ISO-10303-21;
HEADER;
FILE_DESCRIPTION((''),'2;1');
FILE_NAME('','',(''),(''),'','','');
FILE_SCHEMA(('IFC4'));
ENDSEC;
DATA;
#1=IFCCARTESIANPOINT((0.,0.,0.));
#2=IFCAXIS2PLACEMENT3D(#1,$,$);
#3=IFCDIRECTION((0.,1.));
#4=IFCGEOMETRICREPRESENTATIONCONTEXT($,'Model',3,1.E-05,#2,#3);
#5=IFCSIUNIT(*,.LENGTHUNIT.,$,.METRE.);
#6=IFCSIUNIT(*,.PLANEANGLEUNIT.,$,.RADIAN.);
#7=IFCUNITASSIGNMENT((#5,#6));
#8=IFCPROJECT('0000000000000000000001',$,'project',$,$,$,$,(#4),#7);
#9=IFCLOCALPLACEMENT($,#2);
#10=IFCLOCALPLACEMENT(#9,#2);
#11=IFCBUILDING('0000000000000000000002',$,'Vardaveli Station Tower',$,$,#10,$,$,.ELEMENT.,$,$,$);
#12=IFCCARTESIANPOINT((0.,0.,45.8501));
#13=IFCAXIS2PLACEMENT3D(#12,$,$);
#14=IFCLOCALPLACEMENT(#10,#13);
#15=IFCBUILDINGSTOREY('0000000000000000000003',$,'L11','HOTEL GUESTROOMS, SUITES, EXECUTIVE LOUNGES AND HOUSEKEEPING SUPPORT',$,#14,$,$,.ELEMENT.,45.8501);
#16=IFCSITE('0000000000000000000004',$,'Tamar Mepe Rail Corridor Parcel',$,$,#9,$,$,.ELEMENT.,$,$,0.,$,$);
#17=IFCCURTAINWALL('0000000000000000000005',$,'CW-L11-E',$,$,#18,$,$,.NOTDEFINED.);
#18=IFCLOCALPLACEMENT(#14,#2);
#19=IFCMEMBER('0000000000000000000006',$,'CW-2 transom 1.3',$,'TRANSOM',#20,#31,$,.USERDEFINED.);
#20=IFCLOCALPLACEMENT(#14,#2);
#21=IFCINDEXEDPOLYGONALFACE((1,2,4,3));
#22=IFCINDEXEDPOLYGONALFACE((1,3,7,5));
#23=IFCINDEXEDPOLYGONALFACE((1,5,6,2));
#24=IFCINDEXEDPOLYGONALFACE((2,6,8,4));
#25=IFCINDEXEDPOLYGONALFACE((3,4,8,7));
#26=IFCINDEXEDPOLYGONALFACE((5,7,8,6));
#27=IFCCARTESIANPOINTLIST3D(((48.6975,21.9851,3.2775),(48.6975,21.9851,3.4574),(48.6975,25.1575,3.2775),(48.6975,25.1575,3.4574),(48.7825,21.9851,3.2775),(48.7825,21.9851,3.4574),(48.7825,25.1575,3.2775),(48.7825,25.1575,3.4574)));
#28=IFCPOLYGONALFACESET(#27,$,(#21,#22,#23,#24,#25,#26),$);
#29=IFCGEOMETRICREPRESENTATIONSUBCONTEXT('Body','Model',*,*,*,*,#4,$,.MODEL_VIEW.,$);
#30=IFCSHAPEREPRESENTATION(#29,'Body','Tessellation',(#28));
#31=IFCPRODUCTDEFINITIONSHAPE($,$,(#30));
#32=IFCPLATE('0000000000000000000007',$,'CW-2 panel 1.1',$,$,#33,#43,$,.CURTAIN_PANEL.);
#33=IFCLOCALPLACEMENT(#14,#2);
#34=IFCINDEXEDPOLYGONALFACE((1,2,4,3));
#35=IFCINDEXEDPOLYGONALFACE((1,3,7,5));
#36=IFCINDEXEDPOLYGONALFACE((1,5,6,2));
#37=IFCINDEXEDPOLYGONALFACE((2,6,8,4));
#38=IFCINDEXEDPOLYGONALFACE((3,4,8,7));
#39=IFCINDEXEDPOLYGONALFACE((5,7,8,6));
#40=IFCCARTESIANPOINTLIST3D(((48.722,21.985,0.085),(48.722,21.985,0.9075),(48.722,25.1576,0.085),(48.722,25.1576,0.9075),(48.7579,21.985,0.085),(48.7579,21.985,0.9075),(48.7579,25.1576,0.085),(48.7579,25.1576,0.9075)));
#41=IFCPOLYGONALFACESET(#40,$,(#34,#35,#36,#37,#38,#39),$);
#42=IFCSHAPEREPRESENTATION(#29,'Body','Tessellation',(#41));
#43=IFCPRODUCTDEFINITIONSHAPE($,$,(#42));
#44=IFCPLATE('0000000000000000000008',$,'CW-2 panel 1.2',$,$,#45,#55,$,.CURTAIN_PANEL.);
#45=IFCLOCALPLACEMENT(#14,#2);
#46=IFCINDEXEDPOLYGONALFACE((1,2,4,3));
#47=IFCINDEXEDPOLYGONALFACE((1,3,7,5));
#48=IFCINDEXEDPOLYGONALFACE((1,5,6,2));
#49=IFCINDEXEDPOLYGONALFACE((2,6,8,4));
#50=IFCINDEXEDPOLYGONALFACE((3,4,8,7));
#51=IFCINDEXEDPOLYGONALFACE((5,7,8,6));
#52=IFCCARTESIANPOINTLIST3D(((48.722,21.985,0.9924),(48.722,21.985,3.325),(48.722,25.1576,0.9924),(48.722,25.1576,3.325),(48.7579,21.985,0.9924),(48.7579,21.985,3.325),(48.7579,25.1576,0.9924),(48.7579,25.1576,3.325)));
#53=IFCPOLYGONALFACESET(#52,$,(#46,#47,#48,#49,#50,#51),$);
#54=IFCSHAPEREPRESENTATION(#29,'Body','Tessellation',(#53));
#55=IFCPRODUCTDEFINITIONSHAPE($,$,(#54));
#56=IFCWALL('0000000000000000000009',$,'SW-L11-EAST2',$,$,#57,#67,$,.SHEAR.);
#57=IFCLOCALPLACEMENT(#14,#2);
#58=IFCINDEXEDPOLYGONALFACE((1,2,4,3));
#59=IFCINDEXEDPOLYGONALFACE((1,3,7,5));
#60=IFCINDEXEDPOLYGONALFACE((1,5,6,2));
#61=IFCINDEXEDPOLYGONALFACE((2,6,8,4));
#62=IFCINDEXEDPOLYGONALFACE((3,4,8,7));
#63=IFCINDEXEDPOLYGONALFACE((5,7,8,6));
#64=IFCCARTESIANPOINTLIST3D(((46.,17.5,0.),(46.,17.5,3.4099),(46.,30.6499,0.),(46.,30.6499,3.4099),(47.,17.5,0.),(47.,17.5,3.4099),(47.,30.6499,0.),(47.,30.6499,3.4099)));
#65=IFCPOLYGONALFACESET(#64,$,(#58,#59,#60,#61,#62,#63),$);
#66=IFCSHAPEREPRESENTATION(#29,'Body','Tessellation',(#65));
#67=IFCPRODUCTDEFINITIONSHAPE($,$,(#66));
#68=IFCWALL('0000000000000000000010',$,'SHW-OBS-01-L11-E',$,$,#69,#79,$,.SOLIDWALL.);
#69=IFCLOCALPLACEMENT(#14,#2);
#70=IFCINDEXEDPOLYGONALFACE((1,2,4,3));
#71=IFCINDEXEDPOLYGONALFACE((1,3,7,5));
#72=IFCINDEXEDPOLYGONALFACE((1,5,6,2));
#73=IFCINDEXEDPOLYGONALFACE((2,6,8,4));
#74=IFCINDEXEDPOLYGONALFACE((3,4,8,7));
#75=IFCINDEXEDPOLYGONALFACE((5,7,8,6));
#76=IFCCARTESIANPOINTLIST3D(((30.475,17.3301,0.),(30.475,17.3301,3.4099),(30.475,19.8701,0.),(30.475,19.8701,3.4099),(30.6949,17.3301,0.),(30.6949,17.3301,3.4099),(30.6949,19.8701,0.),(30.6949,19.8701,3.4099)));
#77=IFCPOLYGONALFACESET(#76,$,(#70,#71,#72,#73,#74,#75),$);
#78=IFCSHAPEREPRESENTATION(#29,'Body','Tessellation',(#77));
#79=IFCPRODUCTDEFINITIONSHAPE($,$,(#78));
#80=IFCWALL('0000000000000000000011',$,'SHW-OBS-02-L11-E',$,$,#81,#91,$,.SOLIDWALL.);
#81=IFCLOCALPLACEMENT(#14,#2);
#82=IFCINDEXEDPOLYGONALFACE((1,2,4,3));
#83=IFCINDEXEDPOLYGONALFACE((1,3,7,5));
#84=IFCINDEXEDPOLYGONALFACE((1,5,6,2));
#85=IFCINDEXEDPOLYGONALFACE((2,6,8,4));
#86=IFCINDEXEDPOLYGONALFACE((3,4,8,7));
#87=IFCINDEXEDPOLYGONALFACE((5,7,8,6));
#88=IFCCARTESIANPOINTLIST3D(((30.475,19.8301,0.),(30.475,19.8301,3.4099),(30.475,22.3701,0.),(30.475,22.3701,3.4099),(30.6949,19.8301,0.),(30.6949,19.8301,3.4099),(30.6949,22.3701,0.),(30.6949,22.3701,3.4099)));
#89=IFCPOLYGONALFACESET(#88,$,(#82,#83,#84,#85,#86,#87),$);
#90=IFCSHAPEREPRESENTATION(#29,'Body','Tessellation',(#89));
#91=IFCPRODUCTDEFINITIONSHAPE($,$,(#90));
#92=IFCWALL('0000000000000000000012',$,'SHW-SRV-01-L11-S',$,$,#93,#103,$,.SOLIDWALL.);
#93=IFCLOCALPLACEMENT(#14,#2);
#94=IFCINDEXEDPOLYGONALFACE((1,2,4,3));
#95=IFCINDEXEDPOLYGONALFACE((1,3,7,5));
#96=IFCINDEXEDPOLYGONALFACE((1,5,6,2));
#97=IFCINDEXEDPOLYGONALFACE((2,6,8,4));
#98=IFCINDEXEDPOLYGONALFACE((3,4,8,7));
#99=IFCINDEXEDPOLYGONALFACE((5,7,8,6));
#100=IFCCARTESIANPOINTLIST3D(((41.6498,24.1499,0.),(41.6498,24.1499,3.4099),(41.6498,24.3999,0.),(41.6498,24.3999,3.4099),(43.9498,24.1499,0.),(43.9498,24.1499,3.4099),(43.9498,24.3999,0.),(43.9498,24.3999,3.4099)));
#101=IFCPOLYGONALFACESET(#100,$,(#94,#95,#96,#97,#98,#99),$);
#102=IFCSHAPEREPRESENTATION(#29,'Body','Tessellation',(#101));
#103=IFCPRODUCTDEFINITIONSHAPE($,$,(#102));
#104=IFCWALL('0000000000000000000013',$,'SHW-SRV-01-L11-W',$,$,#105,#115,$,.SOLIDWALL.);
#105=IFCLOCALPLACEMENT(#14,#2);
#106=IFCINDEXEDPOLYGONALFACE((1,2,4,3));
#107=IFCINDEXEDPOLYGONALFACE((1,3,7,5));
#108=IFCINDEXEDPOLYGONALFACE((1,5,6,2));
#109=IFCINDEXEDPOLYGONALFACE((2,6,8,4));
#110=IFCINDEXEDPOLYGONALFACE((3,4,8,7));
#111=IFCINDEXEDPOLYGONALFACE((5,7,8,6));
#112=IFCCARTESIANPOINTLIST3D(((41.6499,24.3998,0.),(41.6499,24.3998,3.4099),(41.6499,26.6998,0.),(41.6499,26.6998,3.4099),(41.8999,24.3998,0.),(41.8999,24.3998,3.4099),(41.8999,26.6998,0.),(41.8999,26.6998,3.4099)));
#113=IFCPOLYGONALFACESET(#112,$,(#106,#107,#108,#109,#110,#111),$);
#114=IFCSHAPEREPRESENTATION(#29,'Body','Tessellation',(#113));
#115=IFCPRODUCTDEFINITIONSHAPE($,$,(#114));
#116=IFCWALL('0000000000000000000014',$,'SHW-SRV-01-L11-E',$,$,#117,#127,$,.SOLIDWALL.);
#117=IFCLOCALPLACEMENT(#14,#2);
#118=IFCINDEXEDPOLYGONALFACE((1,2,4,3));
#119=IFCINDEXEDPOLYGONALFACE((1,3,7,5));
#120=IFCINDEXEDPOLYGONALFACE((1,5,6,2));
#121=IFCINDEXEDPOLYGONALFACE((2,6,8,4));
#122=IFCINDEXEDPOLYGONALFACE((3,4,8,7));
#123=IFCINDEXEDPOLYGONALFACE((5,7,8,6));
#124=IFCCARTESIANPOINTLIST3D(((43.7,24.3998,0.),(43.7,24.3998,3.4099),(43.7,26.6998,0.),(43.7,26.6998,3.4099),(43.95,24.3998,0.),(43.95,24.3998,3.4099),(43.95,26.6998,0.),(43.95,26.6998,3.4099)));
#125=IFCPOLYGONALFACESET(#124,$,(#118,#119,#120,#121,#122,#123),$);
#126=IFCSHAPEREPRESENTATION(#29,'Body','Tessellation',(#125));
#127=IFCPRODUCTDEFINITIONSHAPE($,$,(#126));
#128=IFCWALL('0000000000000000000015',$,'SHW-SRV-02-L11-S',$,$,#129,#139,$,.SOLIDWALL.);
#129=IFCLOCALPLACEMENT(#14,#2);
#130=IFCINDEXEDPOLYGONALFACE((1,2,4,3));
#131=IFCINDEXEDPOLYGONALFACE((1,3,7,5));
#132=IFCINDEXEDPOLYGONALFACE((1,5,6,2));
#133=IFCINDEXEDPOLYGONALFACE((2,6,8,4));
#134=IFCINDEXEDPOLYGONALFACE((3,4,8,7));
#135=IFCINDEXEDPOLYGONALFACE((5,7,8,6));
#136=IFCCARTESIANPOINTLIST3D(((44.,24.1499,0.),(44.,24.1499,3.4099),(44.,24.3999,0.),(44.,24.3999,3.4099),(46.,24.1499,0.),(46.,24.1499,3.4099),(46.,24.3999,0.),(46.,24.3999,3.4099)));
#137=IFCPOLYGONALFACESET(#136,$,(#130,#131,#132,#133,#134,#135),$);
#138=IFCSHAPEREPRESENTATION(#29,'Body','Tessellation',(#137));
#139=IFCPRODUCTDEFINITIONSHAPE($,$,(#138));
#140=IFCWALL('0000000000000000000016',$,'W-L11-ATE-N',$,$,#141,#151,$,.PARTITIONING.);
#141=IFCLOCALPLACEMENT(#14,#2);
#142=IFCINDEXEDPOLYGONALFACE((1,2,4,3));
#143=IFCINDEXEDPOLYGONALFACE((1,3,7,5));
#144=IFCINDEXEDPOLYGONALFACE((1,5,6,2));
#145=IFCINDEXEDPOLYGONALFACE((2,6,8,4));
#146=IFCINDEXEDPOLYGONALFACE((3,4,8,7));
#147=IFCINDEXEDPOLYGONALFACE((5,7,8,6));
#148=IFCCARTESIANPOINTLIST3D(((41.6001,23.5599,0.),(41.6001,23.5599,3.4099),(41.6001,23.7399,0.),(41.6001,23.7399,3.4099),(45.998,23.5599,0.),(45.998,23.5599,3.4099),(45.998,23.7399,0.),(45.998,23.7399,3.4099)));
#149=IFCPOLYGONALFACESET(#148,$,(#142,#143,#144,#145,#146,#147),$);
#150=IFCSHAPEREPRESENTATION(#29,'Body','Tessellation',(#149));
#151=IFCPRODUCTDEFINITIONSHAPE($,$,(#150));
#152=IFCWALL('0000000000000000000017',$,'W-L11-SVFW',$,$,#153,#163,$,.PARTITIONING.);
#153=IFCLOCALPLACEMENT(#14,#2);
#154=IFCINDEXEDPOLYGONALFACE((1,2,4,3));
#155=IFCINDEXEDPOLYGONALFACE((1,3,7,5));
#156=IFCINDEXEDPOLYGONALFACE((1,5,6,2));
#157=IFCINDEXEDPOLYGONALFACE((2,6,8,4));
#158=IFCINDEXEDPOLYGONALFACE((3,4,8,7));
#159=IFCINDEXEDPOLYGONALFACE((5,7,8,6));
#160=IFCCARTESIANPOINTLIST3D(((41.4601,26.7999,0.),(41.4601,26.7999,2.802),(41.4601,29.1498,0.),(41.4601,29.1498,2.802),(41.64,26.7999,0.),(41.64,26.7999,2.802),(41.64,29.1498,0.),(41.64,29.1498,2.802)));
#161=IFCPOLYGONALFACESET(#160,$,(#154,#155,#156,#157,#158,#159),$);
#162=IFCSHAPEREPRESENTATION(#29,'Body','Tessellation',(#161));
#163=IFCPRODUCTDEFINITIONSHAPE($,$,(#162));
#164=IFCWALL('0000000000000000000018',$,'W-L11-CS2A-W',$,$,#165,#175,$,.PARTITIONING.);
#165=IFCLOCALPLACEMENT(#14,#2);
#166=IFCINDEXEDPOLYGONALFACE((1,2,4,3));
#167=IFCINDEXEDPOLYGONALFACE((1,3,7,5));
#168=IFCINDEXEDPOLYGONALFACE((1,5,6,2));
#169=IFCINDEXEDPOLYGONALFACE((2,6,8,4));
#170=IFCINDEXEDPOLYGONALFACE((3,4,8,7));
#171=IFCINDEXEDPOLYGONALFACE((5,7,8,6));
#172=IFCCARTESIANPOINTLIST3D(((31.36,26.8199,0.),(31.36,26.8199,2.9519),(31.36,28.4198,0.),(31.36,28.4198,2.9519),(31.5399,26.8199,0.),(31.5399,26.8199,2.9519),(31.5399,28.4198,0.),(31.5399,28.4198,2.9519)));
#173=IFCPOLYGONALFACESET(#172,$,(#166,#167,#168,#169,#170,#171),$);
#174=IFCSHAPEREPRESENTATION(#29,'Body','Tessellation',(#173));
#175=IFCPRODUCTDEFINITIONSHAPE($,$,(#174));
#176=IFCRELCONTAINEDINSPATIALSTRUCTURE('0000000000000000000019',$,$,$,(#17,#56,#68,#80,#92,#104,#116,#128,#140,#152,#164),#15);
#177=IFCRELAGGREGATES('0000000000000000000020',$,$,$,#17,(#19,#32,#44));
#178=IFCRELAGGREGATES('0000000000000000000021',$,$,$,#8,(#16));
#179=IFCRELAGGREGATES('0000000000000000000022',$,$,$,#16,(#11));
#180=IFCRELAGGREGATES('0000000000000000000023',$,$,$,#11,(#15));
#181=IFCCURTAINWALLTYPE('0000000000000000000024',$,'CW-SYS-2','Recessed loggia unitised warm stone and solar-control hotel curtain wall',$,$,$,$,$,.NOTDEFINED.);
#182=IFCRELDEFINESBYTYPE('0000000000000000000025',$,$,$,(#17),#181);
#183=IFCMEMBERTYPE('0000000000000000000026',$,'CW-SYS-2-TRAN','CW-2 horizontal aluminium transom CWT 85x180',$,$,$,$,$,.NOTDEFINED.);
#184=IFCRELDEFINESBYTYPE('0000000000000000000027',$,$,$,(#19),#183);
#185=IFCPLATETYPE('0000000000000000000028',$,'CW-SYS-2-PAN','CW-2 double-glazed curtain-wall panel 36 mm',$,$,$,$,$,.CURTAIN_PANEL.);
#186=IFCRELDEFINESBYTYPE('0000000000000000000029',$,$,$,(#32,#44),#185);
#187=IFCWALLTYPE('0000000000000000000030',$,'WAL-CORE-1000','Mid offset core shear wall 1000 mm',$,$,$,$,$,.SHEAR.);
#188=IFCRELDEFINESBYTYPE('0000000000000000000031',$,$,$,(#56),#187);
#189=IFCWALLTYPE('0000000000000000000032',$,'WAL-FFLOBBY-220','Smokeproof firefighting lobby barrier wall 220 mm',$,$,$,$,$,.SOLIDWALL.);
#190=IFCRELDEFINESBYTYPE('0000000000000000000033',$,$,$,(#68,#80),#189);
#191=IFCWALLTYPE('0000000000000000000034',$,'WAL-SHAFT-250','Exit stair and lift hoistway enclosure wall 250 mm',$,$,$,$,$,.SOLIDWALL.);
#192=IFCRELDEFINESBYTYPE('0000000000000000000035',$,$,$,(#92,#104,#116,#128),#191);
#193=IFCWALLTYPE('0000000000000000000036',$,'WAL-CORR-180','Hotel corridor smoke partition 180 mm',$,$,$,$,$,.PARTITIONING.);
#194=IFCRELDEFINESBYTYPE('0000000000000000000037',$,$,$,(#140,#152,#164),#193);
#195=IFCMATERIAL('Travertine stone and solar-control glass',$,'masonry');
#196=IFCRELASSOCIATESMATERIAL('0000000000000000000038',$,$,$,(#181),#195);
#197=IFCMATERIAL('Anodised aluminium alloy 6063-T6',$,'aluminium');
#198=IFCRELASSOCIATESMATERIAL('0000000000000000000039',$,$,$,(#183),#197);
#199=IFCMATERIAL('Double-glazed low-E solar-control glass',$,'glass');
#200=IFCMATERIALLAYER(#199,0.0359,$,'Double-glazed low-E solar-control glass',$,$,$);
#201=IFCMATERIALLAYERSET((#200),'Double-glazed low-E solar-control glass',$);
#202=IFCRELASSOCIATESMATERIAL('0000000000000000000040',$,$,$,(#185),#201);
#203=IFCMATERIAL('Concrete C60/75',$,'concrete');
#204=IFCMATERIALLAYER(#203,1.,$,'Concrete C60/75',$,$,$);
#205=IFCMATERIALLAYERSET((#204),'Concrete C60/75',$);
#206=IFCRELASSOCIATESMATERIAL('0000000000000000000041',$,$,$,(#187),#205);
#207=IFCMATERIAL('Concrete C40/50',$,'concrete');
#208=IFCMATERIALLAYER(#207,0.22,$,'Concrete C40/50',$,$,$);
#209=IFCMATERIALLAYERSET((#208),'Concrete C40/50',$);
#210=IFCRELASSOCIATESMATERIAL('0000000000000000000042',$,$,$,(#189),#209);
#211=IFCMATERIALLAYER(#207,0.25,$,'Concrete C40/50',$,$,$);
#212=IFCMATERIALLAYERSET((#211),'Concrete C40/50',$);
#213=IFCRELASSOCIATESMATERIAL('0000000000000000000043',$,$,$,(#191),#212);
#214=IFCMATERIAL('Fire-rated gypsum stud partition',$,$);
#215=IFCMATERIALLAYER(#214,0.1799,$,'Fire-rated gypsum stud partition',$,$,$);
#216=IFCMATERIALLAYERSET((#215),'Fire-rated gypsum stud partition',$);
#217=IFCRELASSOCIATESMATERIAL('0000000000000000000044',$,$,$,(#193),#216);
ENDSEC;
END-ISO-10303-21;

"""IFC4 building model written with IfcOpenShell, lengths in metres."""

from ifc_helpers import new_model, si_unit, direction, frame, frame_2d, origin, origin_2d, place, context, subcontext, project, spatial, rectangle, extrude, source, transform, mapped, material, layer, layer_set, material_profile, profile_set, type_object, element, aggregate, save


model = new_model("IFC4")

# Units and contexts
model_context = context("Model", 3, precision=1e-05, world=origin(), true_north=direction((0.0, 1.0)))
body_context = subcontext(model_context, "Body", "Model", "MODEL_VIEW")
ifc_project = project(units=[si_unit("LENGTHUNIT", "METRE"), si_unit("PLANEANGLEUNIT", "RADIAN")], contexts=[model_context])

# Site, building, storey
site_placement = place(None, origin())
site = spatial("IfcSite", under=ifc_project, at=site_placement, Name="Tamar Mepe Rail Corridor Parcel", CompositionType="ELEMENT", RefElevation=0.0)
building_placement = place(site_placement, origin())
building = spatial("IfcBuilding", under=site, at=building_placement, Name="Vardaveli Station Tower", CompositionType="ELEMENT")
storey_placement = place(building_placement, frame((0.0, 0.0, 45.8501)))
storey = spatial("IfcBuildingStorey", under=building, at=storey_placement, Name="L11", Description="HOTEL GUESTROOMS, SUITES, EXECUTIVE LOUNGES AND HOUSEKEEPING SUPPORT", CompositionType="ELEMENT", Elevation=45.8501)

# Curtain wall, member, plates
ifc_material_1 = material(Name="Travertine stone and solar-control glass", Category="masonry")
curtain_wall_type = type_object("IfcCurtainWallType", Name="CW-SYS-2", Description="Recessed loggia unitised warm stone and solar-control hotel curtain wall", PredefinedType="NOTDEFINED", material=ifc_material_1)
curtain_wall_placement = place(storey_placement, origin())
curtain_wall = element("IfcCurtainWall", 1, at=curtain_wall_placement, inside=storey, type_object=curtain_wall_type, Name="CW-L11-E", PredefinedType="NOTDEFINED")
ifc_material_2 = material(Name="Anodised aluminium alloy 6063-T6", Category="aluminium")
ifc_material_profile_1 = material_profile(ifc_material_2, rectangle(XDim=0.085, YDim=0.1799, at=origin_2d()), Name="CWT 85x180")
ifc_profile_set_1 = profile_set([ifc_material_profile_1], Name="Anodised aluminium alloy 6063-T6")
member_type_1 = type_object("IfcMemberType", Name="CW-SYS-2-TRAN", Description="CW-2 horizontal aluminium transom CWT 85x180", PredefinedType="NOTDEFINED", material=ifc_profile_set_1)
shared_shape_1 = source(origin(), body_context, "Body", "SweptSolid", [
    extrude(rectangle(XDim=0.085, YDim=0.1799, at=origin_2d()), origin(), (0.0, 0.0, 1.0), 3.1724),
])
member_1_placement = place(storey_placement, frame((48.74, 21.9851, 3.3674), z_axis=(0.0, 1.0, 0.0), x_axis=(-1.0, 0.0, 0.0)))
member_1 = element("IfcMember", 2, at=member_1_placement, type_object=member_type_1, Name="CW-2 transom 1.3", ObjectType="TRANSOM", PredefinedType="USERDEFINED", context=body_context, shape_type="MappedRepresentation", body=[
    mapped(shared_shape_1, transform((0.0, 0.0, 0.0), scale=1.0)),
])
ifc_material_3 = material(Name="Double-glazed low-E solar-control glass", Category="glass")
ifc_layer_1 = layer(ifc_material_3, 0.0359, Name="Double-glazed low-E solar-control glass")
ifc_layer_set_1 = layer_set([ifc_layer_1], Name="Double-glazed low-E solar-control glass")
plate_type = type_object("IfcPlateType", Name="CW-SYS-2-PAN", Description="CW-2 double-glazed curtain-wall panel 36 mm", PredefinedType="CURTAIN_PANEL", material=ifc_layer_set_1)
shared_shape_2 = source(origin(), body_context, "Body", "SweptSolid", [
    extrude(rectangle(XDim=3.1726, YDim=0.0359, at=origin_2d()), origin(), (0.0, 0.0, 1.0), 0.8225),
])
plate_1_placement = place(storey_placement, frame((48.74, 23.5713, 0.085), z_axis=(0.0, 0.0, 1.0), x_axis=(0.0, 1.0, 0.0)))
plate_1 = element("IfcPlate", 3, at=plate_1_placement, type_object=plate_type, Name="CW-2 panel 1.1", PredefinedType="CURTAIN_PANEL", context=body_context, shape_type="MappedRepresentation", body=[
    mapped(shared_shape_2, transform((0.0, 0.0, 0.0), scale=1.0)),
])
shared_shape_3 = source(origin(), body_context, "Body", "SweptSolid", [
    extrude(rectangle(XDim=3.1726, YDim=0.0359, at=origin_2d()), origin(), (0.0, 0.0, 1.0), 2.3325),
])
plate_2_placement = place(storey_placement, frame((48.74, 23.5713, 0.9924), z_axis=(0.0, 0.0, 1.0), x_axis=(0.0, 1.0, 0.0)))
plate_2 = element("IfcPlate", 4, at=plate_2_placement, type_object=plate_type, Name="CW-2 panel 1.2", PredefinedType="CURTAIN_PANEL", context=body_context, shape_type="MappedRepresentation", body=[
    mapped(shared_shape_3, transform((0.0, 0.0, 0.0), scale=1.0)),
])
aggregate(curtain_wall, [member_1, plate_1, plate_2])

# Walls
ifc_material_4 = material(Name="Concrete C60/75", Category="concrete")
ifc_layer_2 = layer(ifc_material_4, 1.0, Name="Concrete C60/75")
ifc_layer_set_2 = layer_set([ifc_layer_2], Name="Concrete C60/75")
wall_type_1 = type_object("IfcWallType", Name="WAL-CORE-1000", Description="Mid offset core shear wall 1000 mm", PredefinedType="SHEAR", material=ifc_layer_set_2)
shared_shape_4 = source(origin(), body_context, "Body", "SweptSolid", [
    extrude(rectangle(XDim=13.1499, YDim=1.0, at=frame_2d((6.575, 0.0))), origin(), (0.0, 0.0, 1.0), 3.4099),
])
wall_1_placement = place(storey_placement, frame((46.5, 17.5, 0.0), z_axis=(0.0, 0.0, 1.0), x_axis=(0.0, 1.0, 0.0)))
element("IfcWall", 5, at=wall_1_placement, inside=storey, type_object=wall_type_1, Name="SW-L11-EAST2", PredefinedType="SHEAR", context=body_context, shape_type="MappedRepresentation", body=[
    mapped(shared_shape_4, transform((0.0, 0.0, 0.0), scale=1.0)),
])
ifc_material_5 = material(Name="Concrete C40/50", Category="concrete")
ifc_layer_3 = layer(ifc_material_5, 0.22, Name="Concrete C40/50")
ifc_layer_set_3 = layer_set([ifc_layer_3], Name="Concrete C40/50")
wall_type_2 = type_object("IfcWallType", Name="WAL-FFLOBBY-220", Description="Smokeproof firefighting lobby barrier wall 220 mm", PredefinedType="SOLIDWALL", material=ifc_layer_set_3)
shared_shape_5 = source(origin(), body_context, "Body", "SweptSolid", [
    extrude(rectangle(XDim=2.54, YDim=0.22, at=frame_2d((1.27, 0.0))), origin(), (0.0, 0.0, 1.0), 3.4099),
])
for number, where, z_axis, x_axis, name in (
    (6, (30.585, 17.3301, 0.0), (0.0, 0.0, 1.0), (0.0, 1.0, 0.0), "SHW-OBS-01-L11-E"),
    (7, (30.585, 19.8301, 0.0), (0.0, 0.0, 1.0), (0.0, 1.0, 0.0), "SHW-OBS-02-L11-E"),
):
    element("IfcWall", number, at=place(storey_placement, frame(where, z_axis=z_axis, x_axis=x_axis)), inside=storey, type_object=wall_type_2, Name=name, PredefinedType="SOLIDWALL", context=body_context, shape_type="MappedRepresentation", body=[
        mapped(shared_shape_5, transform((0.0, 0.0, 0.0), scale=1.0)),
    ])
ifc_layer_4 = layer(ifc_material_5, 0.25, Name="Concrete C40/50")
ifc_layer_set_4 = layer_set([ifc_layer_4], Name="Concrete C40/50")
wall_type_3 = type_object("IfcWallType", Name="WAL-SHAFT-250", Description="Exit stair and lift hoistway enclosure wall 250 mm", PredefinedType="SOLIDWALL", material=ifc_layer_set_4)
shared_shape_6 = source(origin(), body_context, "Body", "SweptSolid", [
    extrude(rectangle(XDim=2.3, YDim=0.25, at=frame_2d((1.1499, 0.0))), origin(), (0.0, 0.0, 1.0), 3.4099),
])
for number, where, z_axis, x_axis, name in (
    (8, (41.6499, 24.2749, 0.0), (0.0, 0.0, 1.0), (1.0, 0.0, 0.0), "SHW-SRV-01-L11-S"),
    (9, (41.7749, 24.3999, 0.0), (0.0, 0.0, 1.0), (0.0, 1.0, 0.0), "SHW-SRV-01-L11-W"),
    (10, (43.825, 24.3999, 0.0), (0.0, 0.0, 1.0), (0.0, 1.0, 0.0), "SHW-SRV-01-L11-E"),
):
    element("IfcWall", number, at=place(storey_placement, frame(where, z_axis=z_axis, x_axis=x_axis)), inside=storey, type_object=wall_type_3, Name=name, PredefinedType="SOLIDWALL", context=body_context, shape_type="MappedRepresentation", body=[
        mapped(shared_shape_6, transform((0.0, 0.0, 0.0), scale=1.0)),
    ])
shared_shape_7 = source(origin(), body_context, "Body", "SweptSolid", [
    extrude(rectangle(XDim=2.0, YDim=0.25, at=frame_2d((1.0, 0.0))), origin(), (0.0, 0.0, 1.0), 3.4099),
])
wall_2_placement = place(storey_placement, frame((44.0, 24.2749, 0.0), z_axis=(0.0, 0.0, 1.0), x_axis=(1.0, 0.0, 0.0)))
element("IfcWall", 11, at=wall_2_placement, inside=storey, type_object=wall_type_3, Name="SHW-SRV-02-L11-S", PredefinedType="SOLIDWALL", context=body_context, shape_type="MappedRepresentation", body=[
    mapped(shared_shape_7, transform((0.0, 0.0, 0.0), scale=1.0)),
])
ifc_material_6 = material(Name="Fire-rated gypsum stud partition")
ifc_layer_5 = layer(ifc_material_6, 0.1799, Name="Fire-rated gypsum stud partition")
ifc_layer_set_5 = layer_set([ifc_layer_5], Name="Fire-rated gypsum stud partition")
wall_type_4 = type_object("IfcWallType", Name="WAL-CORR-180", Description="Hotel corridor smoke partition 180 mm", PredefinedType="PARTITIONING", material=ifc_layer_set_5)
shared_shape_8 = source(origin(), body_context, "Body", "SweptSolid", [
    extrude(rectangle(XDim=4.3979, YDim=0.1799, at=frame_2d((2.199, 0.0))), origin(), (0.0, 0.0, 1.0), 3.4099),
])
wall_3_placement = place(storey_placement, frame((41.6001, 23.6499, 0.0), z_axis=(0.0, 0.0, 1.0), x_axis=(1.0, 0.0, 0.0)))
element("IfcWall", 12, at=wall_3_placement, inside=storey, type_object=wall_type_4, Name="W-L11-ATE-N", PredefinedType="PARTITIONING", context=body_context, shape_type="MappedRepresentation", body=[
    mapped(shared_shape_8, transform((0.0, 0.0, 0.0), scale=1.0)),
])
shared_shape_9 = source(origin(), body_context, "Body", "SweptSolid", [
    extrude(rectangle(XDim=2.3499, YDim=0.1799, at=frame_2d((1.1748, 0.0))), origin(), (0.0, 0.0, 1.0), 2.802),
])
wall_4_placement = place(storey_placement, frame((41.55, 26.8, 0.0), z_axis=(0.0, 0.0, 1.0), x_axis=(0.0, 1.0, 0.0)))
element("IfcWall", 13, at=wall_4_placement, inside=storey, type_object=wall_type_4, Name="W-L11-SVFW", PredefinedType="PARTITIONING", context=body_context, shape_type="MappedRepresentation", body=[
    mapped(shared_shape_9, transform((0.0, 0.0, 0.0), scale=1.0)),
])
shared_shape_10 = source(origin(), body_context, "Body", "SweptSolid", [
    extrude(rectangle(XDim=1.5999, YDim=0.1799, at=frame_2d((0.7998, 0.0))), origin(), (0.0, 0.0, 1.0), 2.9519),
])
wall_5_placement = place(storey_placement, frame((31.45, 26.8201, 0.0), z_axis=(0.0, 0.0, 1.0), x_axis=(0.0, 1.0, 0.0)))
element("IfcWall", 14, at=wall_5_placement, inside=storey, type_object=wall_type_4, Name="W-L11-CS2A-W", PredefinedType="PARTITIONING", context=body_context, shape_type="MappedRepresentation", body=[
    mapped(shared_shape_10, transform((0.0, 0.0, 0.0), scale=1.0)),
])

save(model, "model.ifc")
